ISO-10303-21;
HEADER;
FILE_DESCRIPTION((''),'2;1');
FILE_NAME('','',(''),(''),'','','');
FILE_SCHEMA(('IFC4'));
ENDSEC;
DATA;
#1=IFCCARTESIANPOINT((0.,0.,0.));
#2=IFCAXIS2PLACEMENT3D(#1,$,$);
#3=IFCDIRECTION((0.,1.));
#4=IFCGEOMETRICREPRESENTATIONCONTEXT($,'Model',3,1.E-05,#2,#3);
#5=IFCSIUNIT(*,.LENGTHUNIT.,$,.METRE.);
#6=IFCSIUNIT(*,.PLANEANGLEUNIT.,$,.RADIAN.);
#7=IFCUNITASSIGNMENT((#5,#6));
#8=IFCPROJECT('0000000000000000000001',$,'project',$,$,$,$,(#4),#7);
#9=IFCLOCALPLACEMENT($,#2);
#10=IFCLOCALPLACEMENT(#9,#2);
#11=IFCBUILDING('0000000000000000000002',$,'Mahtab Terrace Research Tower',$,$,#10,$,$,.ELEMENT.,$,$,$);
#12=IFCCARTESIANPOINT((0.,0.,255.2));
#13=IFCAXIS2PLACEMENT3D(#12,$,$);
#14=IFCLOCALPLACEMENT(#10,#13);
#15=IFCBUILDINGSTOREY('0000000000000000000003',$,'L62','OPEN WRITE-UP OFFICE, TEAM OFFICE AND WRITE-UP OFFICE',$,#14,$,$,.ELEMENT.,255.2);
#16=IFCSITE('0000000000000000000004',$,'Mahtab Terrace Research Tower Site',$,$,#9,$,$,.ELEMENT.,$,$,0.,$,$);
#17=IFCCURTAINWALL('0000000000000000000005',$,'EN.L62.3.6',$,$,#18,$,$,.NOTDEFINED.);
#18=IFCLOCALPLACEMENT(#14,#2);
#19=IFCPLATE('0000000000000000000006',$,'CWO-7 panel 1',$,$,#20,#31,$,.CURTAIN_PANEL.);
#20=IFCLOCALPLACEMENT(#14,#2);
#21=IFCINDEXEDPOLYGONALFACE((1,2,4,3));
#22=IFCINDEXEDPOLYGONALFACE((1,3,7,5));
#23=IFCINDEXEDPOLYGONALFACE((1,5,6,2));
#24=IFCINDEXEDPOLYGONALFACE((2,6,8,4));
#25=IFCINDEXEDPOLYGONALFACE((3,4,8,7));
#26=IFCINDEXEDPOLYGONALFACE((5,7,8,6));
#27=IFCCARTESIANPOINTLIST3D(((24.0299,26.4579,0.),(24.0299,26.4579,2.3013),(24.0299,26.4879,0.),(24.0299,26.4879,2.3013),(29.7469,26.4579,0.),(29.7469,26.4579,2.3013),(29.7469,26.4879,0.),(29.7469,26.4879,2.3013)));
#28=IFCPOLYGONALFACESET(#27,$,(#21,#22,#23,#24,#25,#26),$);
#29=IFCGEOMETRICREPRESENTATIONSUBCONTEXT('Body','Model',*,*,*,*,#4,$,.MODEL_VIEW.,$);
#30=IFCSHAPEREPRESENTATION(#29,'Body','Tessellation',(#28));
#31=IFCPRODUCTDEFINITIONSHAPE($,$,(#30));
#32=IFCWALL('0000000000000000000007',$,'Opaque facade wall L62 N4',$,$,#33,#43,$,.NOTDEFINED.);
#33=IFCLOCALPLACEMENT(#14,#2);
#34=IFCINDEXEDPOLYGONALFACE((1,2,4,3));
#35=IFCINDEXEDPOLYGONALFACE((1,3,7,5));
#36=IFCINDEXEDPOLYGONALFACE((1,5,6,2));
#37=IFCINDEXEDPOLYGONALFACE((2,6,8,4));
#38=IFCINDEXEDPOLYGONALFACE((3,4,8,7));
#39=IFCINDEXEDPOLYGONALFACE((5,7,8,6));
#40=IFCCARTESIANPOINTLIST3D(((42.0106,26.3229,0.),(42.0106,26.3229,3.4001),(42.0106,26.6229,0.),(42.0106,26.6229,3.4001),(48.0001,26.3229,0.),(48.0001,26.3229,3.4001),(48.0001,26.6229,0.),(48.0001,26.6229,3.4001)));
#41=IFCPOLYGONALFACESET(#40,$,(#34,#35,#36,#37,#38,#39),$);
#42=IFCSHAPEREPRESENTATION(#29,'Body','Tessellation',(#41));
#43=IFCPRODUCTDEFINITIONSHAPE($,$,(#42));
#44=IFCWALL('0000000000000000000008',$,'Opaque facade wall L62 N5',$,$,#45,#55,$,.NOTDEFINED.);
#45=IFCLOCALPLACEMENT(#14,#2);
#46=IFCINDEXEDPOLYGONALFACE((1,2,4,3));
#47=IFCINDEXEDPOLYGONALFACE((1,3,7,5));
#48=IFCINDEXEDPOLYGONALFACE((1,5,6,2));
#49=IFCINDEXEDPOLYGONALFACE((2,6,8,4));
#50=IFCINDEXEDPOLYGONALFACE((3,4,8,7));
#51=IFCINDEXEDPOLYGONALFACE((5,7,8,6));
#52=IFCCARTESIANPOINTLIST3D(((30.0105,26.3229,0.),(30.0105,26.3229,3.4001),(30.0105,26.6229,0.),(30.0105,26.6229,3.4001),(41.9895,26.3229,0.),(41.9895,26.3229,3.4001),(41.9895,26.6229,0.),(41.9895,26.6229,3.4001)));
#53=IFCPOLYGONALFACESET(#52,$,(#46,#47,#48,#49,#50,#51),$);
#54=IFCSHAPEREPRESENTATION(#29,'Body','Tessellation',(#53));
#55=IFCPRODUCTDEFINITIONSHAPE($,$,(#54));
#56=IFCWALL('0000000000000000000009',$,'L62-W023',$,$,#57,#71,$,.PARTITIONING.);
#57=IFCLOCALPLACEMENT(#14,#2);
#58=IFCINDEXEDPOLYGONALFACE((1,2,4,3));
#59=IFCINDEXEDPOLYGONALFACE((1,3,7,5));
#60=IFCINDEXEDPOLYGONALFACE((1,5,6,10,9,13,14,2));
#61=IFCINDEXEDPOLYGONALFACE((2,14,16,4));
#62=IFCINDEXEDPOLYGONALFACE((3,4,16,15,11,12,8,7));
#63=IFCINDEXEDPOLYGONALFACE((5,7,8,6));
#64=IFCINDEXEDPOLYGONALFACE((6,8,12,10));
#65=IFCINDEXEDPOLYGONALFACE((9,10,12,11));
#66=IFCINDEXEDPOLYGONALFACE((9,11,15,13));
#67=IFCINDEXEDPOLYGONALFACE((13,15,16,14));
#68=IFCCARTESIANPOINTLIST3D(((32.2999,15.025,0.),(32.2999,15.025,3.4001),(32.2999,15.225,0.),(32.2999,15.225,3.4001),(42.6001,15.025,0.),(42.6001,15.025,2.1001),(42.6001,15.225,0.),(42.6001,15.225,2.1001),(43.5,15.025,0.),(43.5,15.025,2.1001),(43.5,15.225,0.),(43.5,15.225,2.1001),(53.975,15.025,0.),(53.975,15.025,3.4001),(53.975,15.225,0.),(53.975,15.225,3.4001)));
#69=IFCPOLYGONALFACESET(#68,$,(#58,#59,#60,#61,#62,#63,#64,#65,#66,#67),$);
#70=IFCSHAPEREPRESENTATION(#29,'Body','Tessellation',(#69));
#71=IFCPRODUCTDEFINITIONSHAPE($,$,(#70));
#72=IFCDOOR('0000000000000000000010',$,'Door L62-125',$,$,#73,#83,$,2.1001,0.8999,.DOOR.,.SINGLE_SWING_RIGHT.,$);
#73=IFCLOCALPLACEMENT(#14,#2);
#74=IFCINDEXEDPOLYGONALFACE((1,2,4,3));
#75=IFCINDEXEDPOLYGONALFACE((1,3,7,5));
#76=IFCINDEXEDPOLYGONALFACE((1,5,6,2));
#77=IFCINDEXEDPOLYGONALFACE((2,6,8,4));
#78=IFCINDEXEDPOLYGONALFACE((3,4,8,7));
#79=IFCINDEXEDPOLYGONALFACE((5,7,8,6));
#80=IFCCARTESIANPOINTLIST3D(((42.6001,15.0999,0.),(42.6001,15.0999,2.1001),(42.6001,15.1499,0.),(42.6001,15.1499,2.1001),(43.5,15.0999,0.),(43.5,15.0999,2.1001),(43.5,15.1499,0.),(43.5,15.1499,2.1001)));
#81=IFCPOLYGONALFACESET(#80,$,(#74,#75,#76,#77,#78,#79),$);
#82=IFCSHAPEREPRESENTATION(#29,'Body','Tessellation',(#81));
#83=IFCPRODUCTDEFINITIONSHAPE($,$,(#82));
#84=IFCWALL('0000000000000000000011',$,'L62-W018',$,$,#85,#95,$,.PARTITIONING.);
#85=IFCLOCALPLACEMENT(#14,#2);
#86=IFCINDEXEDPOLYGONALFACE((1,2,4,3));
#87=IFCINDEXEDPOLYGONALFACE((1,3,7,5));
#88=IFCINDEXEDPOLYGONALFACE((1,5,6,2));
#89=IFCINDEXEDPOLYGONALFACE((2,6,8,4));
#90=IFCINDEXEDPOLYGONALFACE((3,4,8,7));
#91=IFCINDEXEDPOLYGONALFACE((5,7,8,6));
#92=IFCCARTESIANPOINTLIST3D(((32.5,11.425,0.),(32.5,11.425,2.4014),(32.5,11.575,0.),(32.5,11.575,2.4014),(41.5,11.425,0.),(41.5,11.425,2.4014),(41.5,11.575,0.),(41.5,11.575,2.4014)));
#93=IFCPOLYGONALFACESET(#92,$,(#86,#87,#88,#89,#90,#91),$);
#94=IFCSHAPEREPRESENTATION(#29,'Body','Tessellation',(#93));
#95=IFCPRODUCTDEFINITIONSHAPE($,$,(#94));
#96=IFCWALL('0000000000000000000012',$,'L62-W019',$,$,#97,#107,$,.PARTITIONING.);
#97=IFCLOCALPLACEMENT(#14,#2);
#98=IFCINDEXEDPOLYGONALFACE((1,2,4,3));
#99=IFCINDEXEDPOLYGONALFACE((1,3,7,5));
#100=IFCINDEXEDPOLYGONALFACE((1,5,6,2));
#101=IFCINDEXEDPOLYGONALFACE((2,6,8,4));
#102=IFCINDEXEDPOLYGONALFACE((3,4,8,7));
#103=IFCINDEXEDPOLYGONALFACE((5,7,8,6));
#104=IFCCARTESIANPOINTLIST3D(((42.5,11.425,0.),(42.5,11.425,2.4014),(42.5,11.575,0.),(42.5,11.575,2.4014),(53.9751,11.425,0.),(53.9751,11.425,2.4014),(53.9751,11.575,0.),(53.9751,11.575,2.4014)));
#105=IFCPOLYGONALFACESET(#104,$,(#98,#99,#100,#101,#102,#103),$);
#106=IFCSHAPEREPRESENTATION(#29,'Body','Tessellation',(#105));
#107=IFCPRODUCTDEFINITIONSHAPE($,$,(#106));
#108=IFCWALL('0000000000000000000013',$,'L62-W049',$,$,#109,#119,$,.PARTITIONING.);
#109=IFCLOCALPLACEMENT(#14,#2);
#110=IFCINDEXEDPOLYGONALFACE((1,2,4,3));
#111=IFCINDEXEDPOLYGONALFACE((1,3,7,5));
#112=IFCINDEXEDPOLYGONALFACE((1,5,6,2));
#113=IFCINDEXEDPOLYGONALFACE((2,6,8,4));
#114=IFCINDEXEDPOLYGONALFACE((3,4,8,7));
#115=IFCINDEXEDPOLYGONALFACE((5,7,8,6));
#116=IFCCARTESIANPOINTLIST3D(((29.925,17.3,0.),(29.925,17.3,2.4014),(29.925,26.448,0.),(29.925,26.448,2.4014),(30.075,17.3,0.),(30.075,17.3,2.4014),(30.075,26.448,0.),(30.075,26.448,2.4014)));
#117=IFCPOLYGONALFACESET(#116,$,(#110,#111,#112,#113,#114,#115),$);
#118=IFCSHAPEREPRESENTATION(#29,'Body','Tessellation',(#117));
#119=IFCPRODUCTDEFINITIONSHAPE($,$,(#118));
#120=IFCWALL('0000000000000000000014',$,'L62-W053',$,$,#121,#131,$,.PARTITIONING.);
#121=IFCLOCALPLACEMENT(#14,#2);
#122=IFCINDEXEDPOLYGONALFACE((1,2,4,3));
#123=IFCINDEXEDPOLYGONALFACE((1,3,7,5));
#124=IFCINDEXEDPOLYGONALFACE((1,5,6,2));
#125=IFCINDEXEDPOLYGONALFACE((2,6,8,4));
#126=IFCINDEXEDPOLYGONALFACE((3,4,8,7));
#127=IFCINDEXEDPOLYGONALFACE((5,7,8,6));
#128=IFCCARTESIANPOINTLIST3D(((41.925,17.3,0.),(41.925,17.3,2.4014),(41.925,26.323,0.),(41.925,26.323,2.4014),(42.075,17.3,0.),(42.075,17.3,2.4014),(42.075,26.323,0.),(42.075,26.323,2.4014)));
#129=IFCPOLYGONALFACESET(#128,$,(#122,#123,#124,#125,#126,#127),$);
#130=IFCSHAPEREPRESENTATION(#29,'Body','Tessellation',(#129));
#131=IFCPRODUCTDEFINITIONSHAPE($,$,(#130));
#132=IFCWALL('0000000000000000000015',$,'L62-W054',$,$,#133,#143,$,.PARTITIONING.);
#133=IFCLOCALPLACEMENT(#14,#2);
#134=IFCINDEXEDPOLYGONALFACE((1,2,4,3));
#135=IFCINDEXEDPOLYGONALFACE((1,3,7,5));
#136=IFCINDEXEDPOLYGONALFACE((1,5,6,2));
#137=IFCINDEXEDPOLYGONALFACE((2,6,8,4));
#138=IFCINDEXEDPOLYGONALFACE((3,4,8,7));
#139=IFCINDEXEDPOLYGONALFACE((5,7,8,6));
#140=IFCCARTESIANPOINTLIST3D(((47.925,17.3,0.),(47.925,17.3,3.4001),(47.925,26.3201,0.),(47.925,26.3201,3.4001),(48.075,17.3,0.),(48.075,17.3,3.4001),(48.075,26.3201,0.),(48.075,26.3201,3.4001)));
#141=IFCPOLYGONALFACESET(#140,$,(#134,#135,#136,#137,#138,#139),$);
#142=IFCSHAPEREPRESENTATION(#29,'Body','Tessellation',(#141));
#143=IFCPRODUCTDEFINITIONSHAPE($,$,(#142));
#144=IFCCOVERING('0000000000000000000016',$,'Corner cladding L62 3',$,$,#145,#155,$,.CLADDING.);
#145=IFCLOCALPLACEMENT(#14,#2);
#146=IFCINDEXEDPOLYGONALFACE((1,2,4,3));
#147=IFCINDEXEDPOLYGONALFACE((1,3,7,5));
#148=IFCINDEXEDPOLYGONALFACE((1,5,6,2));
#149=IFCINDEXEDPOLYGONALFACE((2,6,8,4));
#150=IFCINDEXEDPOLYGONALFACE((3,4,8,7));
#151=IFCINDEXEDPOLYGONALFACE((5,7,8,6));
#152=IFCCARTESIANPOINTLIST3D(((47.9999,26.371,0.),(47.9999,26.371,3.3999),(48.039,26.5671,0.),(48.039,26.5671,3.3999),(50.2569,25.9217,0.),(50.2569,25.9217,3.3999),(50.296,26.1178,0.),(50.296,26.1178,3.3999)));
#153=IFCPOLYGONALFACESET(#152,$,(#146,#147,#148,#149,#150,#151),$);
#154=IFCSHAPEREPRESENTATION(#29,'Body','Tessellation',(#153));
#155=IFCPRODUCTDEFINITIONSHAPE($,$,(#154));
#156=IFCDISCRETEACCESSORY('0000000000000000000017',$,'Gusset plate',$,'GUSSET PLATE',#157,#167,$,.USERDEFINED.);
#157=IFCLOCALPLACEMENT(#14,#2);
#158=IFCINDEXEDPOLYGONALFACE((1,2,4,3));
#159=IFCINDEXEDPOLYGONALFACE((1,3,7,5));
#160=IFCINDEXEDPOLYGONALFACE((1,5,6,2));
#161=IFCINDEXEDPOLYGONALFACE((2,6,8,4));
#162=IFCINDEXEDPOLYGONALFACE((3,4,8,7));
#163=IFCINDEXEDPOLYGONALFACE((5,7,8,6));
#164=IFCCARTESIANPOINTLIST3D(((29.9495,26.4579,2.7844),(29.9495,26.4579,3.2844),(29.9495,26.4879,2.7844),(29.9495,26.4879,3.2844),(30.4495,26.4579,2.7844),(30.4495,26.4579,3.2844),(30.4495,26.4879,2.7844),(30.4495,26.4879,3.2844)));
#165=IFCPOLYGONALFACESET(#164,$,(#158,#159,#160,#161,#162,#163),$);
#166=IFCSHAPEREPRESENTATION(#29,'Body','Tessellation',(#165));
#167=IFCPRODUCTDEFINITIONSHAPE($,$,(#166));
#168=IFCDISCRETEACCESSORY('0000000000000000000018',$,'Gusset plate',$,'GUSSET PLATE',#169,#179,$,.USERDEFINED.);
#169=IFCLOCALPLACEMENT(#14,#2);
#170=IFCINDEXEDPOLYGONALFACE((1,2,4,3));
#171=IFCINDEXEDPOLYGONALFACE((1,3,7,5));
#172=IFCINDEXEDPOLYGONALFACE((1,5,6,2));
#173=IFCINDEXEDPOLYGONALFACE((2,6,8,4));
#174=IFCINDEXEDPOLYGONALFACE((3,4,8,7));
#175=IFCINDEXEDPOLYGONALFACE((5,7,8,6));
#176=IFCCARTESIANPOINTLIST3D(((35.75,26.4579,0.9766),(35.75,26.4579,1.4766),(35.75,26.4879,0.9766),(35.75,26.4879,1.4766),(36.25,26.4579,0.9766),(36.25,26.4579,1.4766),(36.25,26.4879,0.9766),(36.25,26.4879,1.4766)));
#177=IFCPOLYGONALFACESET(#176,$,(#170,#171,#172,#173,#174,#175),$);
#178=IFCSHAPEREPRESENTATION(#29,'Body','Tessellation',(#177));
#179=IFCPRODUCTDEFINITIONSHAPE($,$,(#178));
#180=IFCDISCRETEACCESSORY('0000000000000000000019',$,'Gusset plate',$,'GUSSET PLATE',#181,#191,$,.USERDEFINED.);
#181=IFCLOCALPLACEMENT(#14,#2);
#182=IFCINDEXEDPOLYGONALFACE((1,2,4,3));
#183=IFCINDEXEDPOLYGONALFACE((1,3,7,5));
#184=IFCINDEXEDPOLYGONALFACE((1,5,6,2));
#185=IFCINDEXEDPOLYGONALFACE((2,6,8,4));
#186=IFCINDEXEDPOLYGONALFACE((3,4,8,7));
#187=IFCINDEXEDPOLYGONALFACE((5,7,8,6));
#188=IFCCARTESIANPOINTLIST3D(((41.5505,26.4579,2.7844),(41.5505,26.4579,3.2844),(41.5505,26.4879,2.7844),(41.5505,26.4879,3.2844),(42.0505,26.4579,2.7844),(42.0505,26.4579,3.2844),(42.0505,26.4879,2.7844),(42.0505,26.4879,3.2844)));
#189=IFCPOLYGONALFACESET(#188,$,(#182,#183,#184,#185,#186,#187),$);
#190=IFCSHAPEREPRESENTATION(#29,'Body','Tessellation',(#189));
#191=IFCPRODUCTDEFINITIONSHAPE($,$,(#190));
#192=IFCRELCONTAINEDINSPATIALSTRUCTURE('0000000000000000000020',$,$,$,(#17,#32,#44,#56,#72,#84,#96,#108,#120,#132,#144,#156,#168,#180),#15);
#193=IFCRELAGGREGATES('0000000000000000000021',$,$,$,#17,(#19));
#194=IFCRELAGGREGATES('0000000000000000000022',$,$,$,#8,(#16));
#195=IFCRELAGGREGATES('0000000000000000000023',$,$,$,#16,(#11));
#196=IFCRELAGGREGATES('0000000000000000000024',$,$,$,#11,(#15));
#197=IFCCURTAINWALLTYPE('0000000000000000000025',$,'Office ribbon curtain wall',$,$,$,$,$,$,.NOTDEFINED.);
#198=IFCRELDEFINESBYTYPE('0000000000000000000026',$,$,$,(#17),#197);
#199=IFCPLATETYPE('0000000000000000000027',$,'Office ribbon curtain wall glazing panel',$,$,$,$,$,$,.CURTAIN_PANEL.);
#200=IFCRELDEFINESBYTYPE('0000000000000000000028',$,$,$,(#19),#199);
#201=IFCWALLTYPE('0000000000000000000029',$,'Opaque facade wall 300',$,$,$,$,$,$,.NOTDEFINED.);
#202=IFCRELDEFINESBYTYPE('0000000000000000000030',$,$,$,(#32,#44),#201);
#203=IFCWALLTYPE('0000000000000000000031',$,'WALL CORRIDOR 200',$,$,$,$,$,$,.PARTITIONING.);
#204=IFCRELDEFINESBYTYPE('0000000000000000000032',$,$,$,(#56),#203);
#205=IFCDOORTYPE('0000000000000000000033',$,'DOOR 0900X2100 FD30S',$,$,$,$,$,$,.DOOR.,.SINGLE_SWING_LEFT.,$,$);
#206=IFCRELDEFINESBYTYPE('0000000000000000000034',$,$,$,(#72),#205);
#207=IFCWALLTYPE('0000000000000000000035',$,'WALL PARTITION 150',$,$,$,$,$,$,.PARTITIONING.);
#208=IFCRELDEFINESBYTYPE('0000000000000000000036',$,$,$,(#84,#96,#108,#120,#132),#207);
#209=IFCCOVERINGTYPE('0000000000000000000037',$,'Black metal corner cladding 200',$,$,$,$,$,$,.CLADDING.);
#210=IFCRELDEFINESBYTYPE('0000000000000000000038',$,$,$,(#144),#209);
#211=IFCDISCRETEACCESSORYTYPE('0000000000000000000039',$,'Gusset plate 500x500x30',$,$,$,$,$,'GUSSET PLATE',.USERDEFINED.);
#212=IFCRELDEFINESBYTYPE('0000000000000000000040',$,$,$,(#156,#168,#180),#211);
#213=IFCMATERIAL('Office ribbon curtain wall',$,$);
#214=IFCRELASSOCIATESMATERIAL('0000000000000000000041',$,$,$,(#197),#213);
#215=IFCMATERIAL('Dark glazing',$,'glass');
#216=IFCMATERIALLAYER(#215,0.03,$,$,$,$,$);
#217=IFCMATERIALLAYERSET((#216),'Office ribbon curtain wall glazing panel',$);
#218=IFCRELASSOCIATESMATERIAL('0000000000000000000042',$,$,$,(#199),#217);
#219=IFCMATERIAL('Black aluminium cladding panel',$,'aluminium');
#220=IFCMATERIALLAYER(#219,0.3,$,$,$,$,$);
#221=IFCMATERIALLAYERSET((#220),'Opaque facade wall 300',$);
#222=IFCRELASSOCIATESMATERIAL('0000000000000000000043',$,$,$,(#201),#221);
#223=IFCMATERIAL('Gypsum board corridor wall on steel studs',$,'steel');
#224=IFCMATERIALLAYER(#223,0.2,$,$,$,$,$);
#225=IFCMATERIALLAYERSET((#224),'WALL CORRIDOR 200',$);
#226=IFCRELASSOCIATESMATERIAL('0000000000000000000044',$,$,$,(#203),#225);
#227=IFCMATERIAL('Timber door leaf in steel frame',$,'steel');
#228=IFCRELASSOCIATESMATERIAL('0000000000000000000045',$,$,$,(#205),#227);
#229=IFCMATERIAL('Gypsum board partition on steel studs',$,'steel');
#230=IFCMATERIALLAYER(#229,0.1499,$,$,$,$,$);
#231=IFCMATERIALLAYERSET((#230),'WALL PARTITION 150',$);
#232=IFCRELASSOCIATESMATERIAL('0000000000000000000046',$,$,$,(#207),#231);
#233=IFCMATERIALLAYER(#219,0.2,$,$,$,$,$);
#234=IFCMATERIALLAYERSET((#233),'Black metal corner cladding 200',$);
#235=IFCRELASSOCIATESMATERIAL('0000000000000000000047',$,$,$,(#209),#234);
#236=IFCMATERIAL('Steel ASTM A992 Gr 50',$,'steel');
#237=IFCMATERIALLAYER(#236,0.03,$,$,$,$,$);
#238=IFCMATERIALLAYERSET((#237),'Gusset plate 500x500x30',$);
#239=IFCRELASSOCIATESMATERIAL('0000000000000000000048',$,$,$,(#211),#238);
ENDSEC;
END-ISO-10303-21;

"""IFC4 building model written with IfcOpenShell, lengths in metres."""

from ifc_helpers import new_model, si_unit, direction, frame, frame_2d, origin, origin_2d, place, context, subcontext, project, spatial, rectangle, extrude, material, layer, layer_set, type_object, element, fill, aggregate, save


model = new_model("IFC4")

# Units and contexts
model_context = context("Model", 3, precision=1e-05, world=origin(), true_north=direction((0.0, 1.0)))
body_context = subcontext(model_context, "Body", "Model", "MODEL_VIEW")
ifc_project = project(units=[si_unit("LENGTHUNIT", "METRE"), si_unit("PLANEANGLEUNIT", "RADIAN")], contexts=[model_context])

# Site, building, storey
site_placement = place(None, origin())
site = spatial("IfcSite", under=ifc_project, at=site_placement, Name="Mahtab Terrace Research Tower Site", CompositionType="ELEMENT", RefElevation=0.0)
building_placement = place(site_placement, origin())
building = spatial("IfcBuilding", under=site, at=building_placement, Name="Mahtab Terrace Research Tower", CompositionType="ELEMENT")
storey_placement = place(building_placement, frame((0.0, 0.0, 255.2)))
storey = spatial("IfcBuildingStorey", under=building, at=storey_placement, Name="L62", Description="OPEN WRITE-UP OFFICE, TEAM OFFICE AND WRITE-UP OFFICE", CompositionType="ELEMENT", Elevation=255.2)

# Shared definitions
ifc_material_1 = material(Name="Steel ASTM A992 Gr 50", Category="steel")

# Curtain wall
ifc_material_2 = material(Name="Office ribbon curtain wall")
curtain_wall_type = type_object("IfcCurtainWallType", Name="Office ribbon curtain wall", PredefinedType="NOTDEFINED", material=ifc_material_2)
curtain_wall_placement = place(storey_placement, origin())
curtain_wall = element("IfcCurtainWall", 1, at=curtain_wall_placement, inside=storey, type_object=curtain_wall_type, Name="EN.L62.3.6", PredefinedType="NOTDEFINED")

# Plate
ifc_material_3 = material(Name="Dark glazing", Category="glass")
ifc_layer_1 = layer(ifc_material_3, 0.03)
ifc_layer_set_1 = layer_set([ifc_layer_1], Name="Office ribbon curtain wall glazing panel")
plate_type = type_object("IfcPlateType", Name="Office ribbon curtain wall glazing panel", PredefinedType="CURTAIN_PANEL", material=ifc_layer_set_1)
plate_placement = place(storey_placement, frame((26.8884, 26.4729, 0.0), z_axis=(0.0, 0.0, 1.0), x_axis=(-1.0, 0.0, 0.0)))
plate = element("IfcPlate", 2, at=plate_placement, type_object=plate_type, Name="CWO-7 panel 1", PredefinedType="CURTAIN_PANEL", context=body_context, shape_type="SweptSolid", body=[
    extrude(rectangle(XDim=5.717, YDim=0.03, at=origin_2d()), origin(), (0.0, 0.0, 1.0), 2.3013),
])
aggregate(curtain_wall, [plate])

# Walls
ifc_material_4 = material(Name="Black aluminium cladding panel", Category="aluminium")
ifc_layer_2 = layer(ifc_material_4, 0.3)
ifc_layer_set_2 = layer_set([ifc_layer_2], Name="Opaque facade wall 300")
wall_type_1 = type_object("IfcWallType", Name="Opaque facade wall 300", PredefinedType="NOTDEFINED", material=ifc_layer_set_2)
wall_1_placement = place(storey_placement, frame((48.0, 26.4729, 0.0), z_axis=(0.0, 0.0, 1.0), x_axis=(-1.0, 0.0, 0.0)))
element("IfcWall", 3, at=wall_1_placement, inside=storey, type_object=wall_type_1, Name="Opaque facade wall L62 N4", PredefinedType="NOTDEFINED", context=body_context, shape_type="SweptSolid", body=[
    extrude(rectangle(XDim=5.9895, YDim=0.3, at=frame_2d((2.9946, 0.0))), origin(), (0.0, 0.0, 1.0), 3.4001),
])
wall_2_placement = place(storey_placement, frame((41.9895, 26.4729, 0.0), z_axis=(0.0, 0.0, 1.0), x_axis=(-1.0, 0.0, 0.0)))
element("IfcWall", 4, at=wall_2_placement, inside=storey, type_object=wall_type_1, Name="Opaque facade wall L62 N5", PredefinedType="NOTDEFINED", context=body_context, shape_type="SweptSolid", body=[
    extrude(rectangle(XDim=11.979, YDim=0.3, at=frame_2d((5.9895, 0.0))), origin(), (0.0, 0.0, 1.0), 3.4001),
])

# Wall, opening, door
ifc_material_5 = material(Name="Gypsum board corridor wall on steel studs", Category="steel")
ifc_layer_3 = layer(ifc_material_5, 0.2)
ifc_layer_set_3 = layer_set([ifc_layer_3], Name="WALL CORRIDOR 200")
wall_type_2 = type_object("IfcWallType", Name="WALL CORRIDOR 200", PredefinedType="PARTITIONING", material=ifc_layer_set_3)
wall_3_placement = place(storey_placement, frame((32.3, 15.125, 0.0), z_axis=(0.0, 0.0, 1.0), x_axis=(1.0, 0.0, 0.0)))
wall_3 = element("IfcWall", 5, at=wall_3_placement, inside=storey, type_object=wall_type_2, Name="L62-W023", PredefinedType="PARTITIONING", context=body_context, shape_type="SweptSolid", body=[
    extrude(rectangle(XDim=21.675, YDim=0.2, at=frame_2d((10.8374, 0.0))), origin(), (0.0, 0.0, 1.0), 3.4001),
])
opening_placement = place(wall_3_placement, frame((10.3, 0.0, 0.0)))
opening = element("IfcOpeningElement", 6, at=opening_placement, cuts=wall_3, PredefinedType="OPENING", context=body_context, shape_type="SweptSolid", body=[
    extrude(rectangle(XDim=0.8999, YDim=2.1001, at=frame_2d((0.45, 1.05))), frame((0.0, 0.1099, 0.0), z_axis=(0.0, -1.0, 0.0), x_axis=(1.0, 0.0, 0.0)), (0.0, 0.0, 1.0), 0.22),
])
ifc_material_6 = material(Name="Timber door leaf in steel frame", Category="steel")
door_type = type_object("IfcDoorType", Name="DOOR 0900X2100 FD30S", OperationType="SINGLE_SWING_LEFT", PredefinedType="DOOR", material=ifc_material_6)
door_placement = place(opening_placement, origin())
door = element("IfcDoor", 7, at=door_placement, inside=storey, type_object=door_type, Name="Door L62-125", OperationType="SINGLE_SWING_RIGHT", OverallHeight=2.1001, OverallWidth=0.8999, PredefinedType="DOOR", context=body_context, shape_type="SweptSolid", body=[
    extrude(rectangle(XDim=0.8999, YDim=2.1001, at=frame_2d((0.45, 1.05))), frame((0.0, 0.0249, 0.0), z_axis=(0.0, -1.0, 0.0), x_axis=(1.0, 0.0, 0.0)), (0.0, 0.0, 1.0), 0.05),
])
fill(opening, door)

# Walls
ifc_material_7 = material(Name="Gypsum board partition on steel studs", Category="steel")
ifc_layer_4 = layer(ifc_material_7, 0.1499)
ifc_layer_set_4 = layer_set([ifc_layer_4], Name="WALL PARTITION 150")
wall_type_3 = type_object("IfcWallType", Name="WALL PARTITION 150", PredefinedType="PARTITIONING", material=ifc_layer_set_4)
wall_4_placement = place(storey_placement, frame((32.5, 11.5, 0.0), z_axis=(0.0, 0.0, 1.0), x_axis=(1.0, 0.0, 0.0)))
element("IfcWall", 8, at=wall_4_placement, inside=storey, type_object=wall_type_3, Name="L62-W018", PredefinedType="PARTITIONING", context=body_context, shape_type="SweptSolid", body=[
    extrude(rectangle(XDim=9.0, YDim=0.1499, at=frame_2d((4.5, 0.0))), origin(), (0.0, 0.0, 1.0), 2.4014),
])
wall_5_placement = place(storey_placement, frame((42.5, 11.5, 0.0), z_axis=(0.0, 0.0, 1.0), x_axis=(1.0, 0.0, 0.0)))
element("IfcWall", 9, at=wall_5_placement, inside=storey, type_object=wall_type_3, Name="L62-W019", PredefinedType="PARTITIONING", context=body_context, shape_type="SweptSolid", body=[
    extrude(rectangle(XDim=11.4751, YDim=0.1499, at=frame_2d((5.7375, 0.0))), origin(), (0.0, 0.0, 1.0), 2.4014),
])
wall_6_placement = place(storey_placement, frame((30.0, 17.3, 0.0), z_axis=(0.0, 0.0, 1.0), x_axis=(0.0, 1.0, 0.0)))
element("IfcWall", 10, at=wall_6_placement, inside=storey, type_object=wall_type_3, Name="L62-W049", PredefinedType="PARTITIONING", context=body_context, shape_type="SweptSolid", body=[
    extrude(rectangle(XDim=9.1479, YDim=0.1499, at=frame_2d((4.574, 0.0))), origin(), (0.0, 0.0, 1.0), 2.4014),
])
wall_7_placement = place(storey_placement, frame((42.0, 17.3, 0.0), z_axis=(0.0, 0.0, 1.0), x_axis=(0.0, 1.0, 0.0)))
element("IfcWall", 11, at=wall_7_placement, inside=storey, type_object=wall_type_3, Name="L62-W053", PredefinedType="PARTITIONING", context=body_context, shape_type="SweptSolid", body=[
    extrude(rectangle(XDim=9.0229, YDim=0.1499, at=frame_2d((4.5115, 0.0))), origin(), (0.0, 0.0, 1.0), 2.4014),
])
wall_8_placement = place(storey_placement, frame((48.0, 17.3, 0.0), z_axis=(0.0, 0.0, 1.0), x_axis=(0.0, 1.0, 0.0)))
element("IfcWall", 12, at=wall_8_placement, inside=storey, type_object=wall_type_3, Name="L62-W054", PredefinedType="PARTITIONING", context=body_context, shape_type="SweptSolid", body=[
    extrude(rectangle(XDim=9.02, YDim=0.1499, at=frame_2d((4.51, 0.0))), origin(), (0.0, 0.0, 1.0), 3.4001),
])

# Covering
ifc_layer_5 = layer(ifc_material_4, 0.2)
ifc_layer_set_5 = layer_set([ifc_layer_5], Name="Black metal corner cladding 200")
covering_type = type_object("IfcCoveringType", Name="Black metal corner cladding 200", PredefinedType="CLADDING", material=ifc_layer_set_5)
covering_placement = place(storey_placement, frame((49.1479, 26.2444, 0.0), z_axis=(0.0, 0.0, 1.0), x_axis=(-0.980761, 0.195212, 0.0)))
element("IfcCovering", 13, at=covering_placement, inside=storey, type_object=covering_type, Name="Corner cladding L62 3", PredefinedType="CLADDING", context=body_context, shape_type="SweptSolid", body=[
    extrude(rectangle(XDim=2.3013, YDim=0.2, at=origin_2d()), origin(), (0.0, 0.0, 1.0), 3.3999),
])

# Discrete accessories
ifc_layer_6 = layer(ifc_material_1, 0.03)
ifc_layer_set_6 = layer_set([ifc_layer_6], Name="Gusset plate 500x500x30")
discrete_accessory_type = type_object("IfcDiscreteAccessoryType", Name="Gusset plate 500x500x30", ElementType="GUSSET PLATE", PredefinedType="USERDEFINED", material=ifc_layer_set_6)
for number, where, z_axis, x_axis, name in (
    (14, (30.1995, 26.4729, 2.7844), (0.0, 0.0, 1.0), (1.0, 0.0, 0.0), "Gusset plate"),
    (15, (36.0, 26.4729, 0.9766), (0.0, 0.0, 1.0), (1.0, 0.0, 0.0), "Gusset plate"),
    (16, (41.8005, 26.4729, 2.7844), (0.0, 0.0, 1.0), (1.0, 0.0, 0.0), "Gusset plate"),
):
    element("IfcDiscreteAccessory", number, at=place(storey_placement, frame(where, z_axis=z_axis, x_axis=x_axis)), inside=storey, type_object=discrete_accessory_type, Name=name, ObjectType="GUSSET PLATE", PredefinedType="USERDEFINED", context=body_context, shape_type="SweptSolid", body=[
        extrude(rectangle(XDim=0.5, YDim=0.03, at=origin_2d()), origin(), (0.0, 0.0, 1.0), 0.5),
    ])

save(model, "model.ifc")
